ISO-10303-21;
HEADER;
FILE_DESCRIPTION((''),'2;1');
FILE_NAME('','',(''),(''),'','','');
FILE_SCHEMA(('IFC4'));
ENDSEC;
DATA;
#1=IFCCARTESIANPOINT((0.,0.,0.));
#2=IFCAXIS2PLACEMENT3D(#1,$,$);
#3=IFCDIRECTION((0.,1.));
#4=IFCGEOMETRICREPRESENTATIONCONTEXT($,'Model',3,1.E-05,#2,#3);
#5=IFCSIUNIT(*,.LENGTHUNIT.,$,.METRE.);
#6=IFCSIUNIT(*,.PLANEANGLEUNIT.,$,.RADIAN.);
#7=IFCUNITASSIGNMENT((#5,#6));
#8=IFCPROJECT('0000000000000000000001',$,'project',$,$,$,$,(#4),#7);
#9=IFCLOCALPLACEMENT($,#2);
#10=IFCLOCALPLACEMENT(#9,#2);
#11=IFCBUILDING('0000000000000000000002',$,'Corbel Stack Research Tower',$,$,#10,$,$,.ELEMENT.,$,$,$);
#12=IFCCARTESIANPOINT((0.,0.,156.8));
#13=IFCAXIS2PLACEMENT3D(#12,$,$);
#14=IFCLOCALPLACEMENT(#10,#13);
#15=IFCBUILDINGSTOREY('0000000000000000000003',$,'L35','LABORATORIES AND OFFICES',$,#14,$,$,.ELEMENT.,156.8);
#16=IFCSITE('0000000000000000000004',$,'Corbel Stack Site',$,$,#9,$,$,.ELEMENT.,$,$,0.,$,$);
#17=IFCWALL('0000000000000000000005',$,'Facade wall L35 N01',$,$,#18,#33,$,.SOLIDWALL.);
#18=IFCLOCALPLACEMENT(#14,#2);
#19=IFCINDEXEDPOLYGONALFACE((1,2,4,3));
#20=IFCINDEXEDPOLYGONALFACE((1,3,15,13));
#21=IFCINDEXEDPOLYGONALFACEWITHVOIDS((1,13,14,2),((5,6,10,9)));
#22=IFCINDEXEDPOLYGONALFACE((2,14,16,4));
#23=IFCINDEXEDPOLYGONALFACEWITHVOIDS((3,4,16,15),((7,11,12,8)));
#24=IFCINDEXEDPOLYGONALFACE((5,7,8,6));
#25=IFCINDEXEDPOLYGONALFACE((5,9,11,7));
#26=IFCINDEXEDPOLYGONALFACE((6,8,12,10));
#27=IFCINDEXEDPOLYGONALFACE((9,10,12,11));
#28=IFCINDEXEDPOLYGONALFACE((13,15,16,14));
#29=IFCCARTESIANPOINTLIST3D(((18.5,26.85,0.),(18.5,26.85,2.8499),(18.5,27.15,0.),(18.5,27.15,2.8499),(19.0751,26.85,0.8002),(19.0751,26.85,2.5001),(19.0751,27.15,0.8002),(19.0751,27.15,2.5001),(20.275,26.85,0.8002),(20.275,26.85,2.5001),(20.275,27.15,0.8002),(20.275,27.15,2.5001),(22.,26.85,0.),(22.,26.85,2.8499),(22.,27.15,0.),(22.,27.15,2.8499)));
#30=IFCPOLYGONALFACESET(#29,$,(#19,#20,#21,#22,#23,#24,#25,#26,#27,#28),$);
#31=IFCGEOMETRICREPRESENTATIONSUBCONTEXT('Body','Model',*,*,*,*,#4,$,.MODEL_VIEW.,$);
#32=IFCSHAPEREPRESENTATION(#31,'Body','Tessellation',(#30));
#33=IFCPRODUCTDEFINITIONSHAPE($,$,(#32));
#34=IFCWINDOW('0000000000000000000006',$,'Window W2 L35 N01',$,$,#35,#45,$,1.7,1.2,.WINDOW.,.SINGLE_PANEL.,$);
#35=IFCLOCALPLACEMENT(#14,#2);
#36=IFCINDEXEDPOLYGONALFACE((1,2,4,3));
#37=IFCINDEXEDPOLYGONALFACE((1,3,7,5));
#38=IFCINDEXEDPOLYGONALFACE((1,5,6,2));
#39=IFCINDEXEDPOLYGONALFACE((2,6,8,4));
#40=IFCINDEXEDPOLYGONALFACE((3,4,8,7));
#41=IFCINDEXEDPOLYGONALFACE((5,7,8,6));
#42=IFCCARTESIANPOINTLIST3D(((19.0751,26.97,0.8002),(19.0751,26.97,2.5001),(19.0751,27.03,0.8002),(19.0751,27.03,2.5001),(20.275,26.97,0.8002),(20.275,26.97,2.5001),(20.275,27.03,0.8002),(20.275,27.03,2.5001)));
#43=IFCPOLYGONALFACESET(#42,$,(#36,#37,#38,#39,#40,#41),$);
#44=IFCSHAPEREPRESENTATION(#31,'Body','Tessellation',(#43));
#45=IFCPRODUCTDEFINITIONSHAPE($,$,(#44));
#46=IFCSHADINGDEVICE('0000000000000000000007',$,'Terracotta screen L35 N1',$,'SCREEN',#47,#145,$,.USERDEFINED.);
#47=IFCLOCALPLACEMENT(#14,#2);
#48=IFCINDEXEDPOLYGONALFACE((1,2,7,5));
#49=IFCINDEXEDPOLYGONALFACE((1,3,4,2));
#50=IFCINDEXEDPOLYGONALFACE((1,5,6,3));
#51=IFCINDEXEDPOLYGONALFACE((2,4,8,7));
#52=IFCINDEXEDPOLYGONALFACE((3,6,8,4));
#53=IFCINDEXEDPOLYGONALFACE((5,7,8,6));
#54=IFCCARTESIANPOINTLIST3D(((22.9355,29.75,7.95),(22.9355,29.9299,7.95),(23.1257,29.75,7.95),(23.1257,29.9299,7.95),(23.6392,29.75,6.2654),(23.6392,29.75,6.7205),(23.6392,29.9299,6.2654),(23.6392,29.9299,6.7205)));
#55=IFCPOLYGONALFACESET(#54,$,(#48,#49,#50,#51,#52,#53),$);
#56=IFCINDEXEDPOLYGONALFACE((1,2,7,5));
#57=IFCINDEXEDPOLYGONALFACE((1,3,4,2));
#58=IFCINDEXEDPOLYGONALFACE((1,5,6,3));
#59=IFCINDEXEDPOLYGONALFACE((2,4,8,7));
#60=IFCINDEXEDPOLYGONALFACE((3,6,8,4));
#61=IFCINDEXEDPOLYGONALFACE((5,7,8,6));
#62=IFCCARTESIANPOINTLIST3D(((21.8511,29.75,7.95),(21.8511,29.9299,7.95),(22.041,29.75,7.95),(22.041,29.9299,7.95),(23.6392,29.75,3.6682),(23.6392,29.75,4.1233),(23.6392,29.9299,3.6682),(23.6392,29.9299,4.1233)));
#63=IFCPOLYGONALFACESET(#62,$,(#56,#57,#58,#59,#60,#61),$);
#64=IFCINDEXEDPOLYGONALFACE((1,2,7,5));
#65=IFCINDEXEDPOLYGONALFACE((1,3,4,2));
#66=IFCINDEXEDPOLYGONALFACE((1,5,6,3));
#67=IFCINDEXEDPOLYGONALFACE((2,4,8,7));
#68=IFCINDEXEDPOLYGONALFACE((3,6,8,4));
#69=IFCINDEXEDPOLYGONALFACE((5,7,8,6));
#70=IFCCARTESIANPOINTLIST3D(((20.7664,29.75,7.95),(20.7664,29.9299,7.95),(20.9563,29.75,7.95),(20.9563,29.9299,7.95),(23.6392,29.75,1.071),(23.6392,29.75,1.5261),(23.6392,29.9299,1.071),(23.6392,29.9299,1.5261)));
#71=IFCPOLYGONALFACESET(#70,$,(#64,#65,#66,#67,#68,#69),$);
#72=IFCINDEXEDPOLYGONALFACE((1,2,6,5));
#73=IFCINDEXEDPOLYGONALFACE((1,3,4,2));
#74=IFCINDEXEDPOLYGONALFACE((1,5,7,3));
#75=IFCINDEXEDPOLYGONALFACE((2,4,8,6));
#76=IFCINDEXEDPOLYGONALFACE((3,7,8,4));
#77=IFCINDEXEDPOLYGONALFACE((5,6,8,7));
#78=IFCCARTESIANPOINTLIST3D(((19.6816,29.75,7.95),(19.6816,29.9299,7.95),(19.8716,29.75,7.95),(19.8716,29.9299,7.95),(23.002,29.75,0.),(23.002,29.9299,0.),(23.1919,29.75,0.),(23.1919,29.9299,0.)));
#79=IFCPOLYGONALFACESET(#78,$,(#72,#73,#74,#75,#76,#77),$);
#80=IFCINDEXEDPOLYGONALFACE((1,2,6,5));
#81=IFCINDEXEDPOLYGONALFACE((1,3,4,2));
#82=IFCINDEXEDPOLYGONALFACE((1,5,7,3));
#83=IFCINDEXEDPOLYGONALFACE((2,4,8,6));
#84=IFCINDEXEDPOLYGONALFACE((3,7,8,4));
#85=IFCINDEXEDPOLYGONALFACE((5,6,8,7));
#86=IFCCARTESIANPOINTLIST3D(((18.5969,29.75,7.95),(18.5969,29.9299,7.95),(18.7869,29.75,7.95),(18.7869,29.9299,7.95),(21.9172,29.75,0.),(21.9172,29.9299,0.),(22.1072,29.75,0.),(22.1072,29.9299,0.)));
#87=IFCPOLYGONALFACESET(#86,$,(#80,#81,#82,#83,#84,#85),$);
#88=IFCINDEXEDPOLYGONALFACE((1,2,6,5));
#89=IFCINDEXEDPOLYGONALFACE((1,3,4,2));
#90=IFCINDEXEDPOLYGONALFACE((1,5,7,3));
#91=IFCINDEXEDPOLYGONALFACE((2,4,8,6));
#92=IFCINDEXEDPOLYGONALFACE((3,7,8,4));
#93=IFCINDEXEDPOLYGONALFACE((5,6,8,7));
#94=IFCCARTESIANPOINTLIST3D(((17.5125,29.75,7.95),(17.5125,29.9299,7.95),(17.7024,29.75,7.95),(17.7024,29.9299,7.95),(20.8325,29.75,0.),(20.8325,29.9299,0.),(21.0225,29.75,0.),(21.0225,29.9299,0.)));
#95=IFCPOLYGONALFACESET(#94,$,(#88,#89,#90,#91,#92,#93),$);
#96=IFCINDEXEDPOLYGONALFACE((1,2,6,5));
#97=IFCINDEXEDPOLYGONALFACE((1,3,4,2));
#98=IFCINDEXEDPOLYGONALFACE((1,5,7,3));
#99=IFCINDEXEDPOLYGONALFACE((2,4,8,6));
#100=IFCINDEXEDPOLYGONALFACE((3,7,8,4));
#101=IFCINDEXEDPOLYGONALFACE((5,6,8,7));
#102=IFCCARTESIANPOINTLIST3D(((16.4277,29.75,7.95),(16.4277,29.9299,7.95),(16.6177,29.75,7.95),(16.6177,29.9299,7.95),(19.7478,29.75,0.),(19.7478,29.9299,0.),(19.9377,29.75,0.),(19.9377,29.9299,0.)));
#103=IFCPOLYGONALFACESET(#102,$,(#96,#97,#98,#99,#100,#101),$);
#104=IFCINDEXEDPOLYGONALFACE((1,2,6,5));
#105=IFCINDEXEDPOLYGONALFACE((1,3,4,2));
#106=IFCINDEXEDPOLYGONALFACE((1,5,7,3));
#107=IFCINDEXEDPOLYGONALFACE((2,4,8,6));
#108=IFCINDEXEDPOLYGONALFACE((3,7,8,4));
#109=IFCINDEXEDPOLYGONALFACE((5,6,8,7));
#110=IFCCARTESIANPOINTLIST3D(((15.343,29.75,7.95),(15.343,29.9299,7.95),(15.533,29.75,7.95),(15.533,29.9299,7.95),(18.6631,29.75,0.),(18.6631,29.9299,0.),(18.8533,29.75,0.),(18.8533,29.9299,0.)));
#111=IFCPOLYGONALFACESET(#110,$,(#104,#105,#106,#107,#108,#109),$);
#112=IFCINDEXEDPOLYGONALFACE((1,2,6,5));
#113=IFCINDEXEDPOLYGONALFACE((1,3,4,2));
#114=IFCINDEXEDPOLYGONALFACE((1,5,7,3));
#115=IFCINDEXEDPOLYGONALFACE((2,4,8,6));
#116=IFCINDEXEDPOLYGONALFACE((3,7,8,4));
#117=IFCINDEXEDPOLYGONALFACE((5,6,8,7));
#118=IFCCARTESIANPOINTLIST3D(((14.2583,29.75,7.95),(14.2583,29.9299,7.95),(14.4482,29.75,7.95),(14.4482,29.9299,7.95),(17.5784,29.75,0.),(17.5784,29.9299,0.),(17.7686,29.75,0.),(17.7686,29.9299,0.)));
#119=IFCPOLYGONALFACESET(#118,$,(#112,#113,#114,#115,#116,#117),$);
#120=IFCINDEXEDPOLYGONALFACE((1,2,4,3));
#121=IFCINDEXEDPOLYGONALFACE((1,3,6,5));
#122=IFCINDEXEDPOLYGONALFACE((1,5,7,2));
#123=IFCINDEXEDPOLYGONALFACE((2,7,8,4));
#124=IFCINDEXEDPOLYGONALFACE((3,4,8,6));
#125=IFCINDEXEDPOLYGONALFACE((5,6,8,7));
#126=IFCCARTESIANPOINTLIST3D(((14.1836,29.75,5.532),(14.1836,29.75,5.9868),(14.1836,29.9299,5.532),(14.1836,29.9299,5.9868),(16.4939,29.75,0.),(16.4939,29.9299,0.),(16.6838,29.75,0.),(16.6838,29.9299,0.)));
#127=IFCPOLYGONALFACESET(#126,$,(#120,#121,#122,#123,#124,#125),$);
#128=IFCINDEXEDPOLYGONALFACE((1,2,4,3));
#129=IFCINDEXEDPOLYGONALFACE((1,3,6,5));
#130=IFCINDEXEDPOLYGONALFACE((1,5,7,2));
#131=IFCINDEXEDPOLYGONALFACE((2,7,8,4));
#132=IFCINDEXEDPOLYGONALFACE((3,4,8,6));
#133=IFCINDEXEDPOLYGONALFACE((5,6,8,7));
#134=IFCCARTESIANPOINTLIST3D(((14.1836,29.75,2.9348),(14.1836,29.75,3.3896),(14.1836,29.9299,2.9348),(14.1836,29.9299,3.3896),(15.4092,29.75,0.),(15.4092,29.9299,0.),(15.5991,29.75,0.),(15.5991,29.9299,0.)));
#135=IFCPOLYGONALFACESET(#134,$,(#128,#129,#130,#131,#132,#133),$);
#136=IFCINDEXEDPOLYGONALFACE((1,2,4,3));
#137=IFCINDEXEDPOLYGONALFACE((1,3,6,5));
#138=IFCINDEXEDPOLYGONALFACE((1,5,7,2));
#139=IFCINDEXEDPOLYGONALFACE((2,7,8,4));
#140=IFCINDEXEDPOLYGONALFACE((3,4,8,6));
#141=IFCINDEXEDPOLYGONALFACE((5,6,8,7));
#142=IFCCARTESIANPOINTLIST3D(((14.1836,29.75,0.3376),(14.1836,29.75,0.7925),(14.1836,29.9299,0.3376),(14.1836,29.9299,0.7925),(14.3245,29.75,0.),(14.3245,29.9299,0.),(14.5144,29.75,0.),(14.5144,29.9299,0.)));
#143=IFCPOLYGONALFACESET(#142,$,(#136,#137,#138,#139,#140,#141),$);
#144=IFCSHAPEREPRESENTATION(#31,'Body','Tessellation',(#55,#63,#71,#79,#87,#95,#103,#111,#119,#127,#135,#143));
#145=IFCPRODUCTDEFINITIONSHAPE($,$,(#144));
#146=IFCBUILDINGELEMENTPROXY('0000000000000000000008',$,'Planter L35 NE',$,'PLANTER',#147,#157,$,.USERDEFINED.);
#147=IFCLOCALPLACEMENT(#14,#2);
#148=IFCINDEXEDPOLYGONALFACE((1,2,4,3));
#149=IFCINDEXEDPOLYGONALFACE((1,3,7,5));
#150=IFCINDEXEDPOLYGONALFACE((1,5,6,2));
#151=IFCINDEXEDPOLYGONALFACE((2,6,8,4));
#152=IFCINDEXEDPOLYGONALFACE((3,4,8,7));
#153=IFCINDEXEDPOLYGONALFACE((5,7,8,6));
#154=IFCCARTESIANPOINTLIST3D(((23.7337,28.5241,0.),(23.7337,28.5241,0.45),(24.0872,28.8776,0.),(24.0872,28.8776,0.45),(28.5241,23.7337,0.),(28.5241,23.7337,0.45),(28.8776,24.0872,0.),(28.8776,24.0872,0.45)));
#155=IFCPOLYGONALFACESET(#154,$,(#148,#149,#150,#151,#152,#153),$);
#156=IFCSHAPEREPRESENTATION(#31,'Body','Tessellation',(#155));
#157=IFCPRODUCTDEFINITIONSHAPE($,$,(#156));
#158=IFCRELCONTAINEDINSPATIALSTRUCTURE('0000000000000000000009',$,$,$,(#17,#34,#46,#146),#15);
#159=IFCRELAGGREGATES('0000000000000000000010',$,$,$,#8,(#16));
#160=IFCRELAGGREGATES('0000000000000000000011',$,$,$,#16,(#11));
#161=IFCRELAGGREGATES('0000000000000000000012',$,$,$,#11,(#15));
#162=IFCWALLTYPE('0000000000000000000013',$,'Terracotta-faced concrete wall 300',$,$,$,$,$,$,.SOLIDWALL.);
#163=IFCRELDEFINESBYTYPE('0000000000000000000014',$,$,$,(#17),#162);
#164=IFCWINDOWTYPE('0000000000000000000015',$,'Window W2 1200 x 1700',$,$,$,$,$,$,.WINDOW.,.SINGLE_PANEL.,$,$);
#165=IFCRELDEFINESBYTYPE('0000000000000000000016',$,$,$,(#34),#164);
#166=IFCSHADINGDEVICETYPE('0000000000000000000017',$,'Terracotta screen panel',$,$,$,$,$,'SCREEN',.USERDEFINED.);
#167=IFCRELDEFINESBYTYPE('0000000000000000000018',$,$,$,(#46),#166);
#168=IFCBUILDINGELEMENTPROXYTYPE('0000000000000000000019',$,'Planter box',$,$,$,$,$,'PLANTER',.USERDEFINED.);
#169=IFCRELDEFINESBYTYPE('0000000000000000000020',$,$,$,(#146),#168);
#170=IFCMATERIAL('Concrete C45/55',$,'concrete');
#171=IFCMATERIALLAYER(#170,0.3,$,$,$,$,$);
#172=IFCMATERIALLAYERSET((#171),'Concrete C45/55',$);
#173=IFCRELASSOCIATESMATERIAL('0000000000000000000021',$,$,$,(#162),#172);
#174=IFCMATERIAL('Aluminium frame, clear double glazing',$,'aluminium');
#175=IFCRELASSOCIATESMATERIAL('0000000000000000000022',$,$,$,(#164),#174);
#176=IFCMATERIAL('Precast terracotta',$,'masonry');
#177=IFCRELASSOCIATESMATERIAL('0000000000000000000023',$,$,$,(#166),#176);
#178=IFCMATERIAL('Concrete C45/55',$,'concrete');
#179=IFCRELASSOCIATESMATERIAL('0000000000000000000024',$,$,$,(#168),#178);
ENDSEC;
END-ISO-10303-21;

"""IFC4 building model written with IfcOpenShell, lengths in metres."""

from ifc_helpers import new_model, si_unit, direction, frame, frame_2d, origin, origin_2d, place, context, subcontext, project, spatial, polyline, rectangle, outline, extrude, source, transform, mapped, material, layer, layer_set, type_object, element, fill, save


model = new_model("IFC4")

# Units and contexts
model_context = context("Model", 3, precision=1e-05, world=origin(), true_north=direction((0.0, 1.0)))
body_context = subcontext(model_context, "Body", "Model", "MODEL_VIEW")
ifc_project = project(units=[si_unit("LENGTHUNIT", "METRE"), si_unit("PLANEANGLEUNIT", "RADIAN")], contexts=[model_context])

# Site, building, storey
site_placement = place(None, origin())
site = spatial("IfcSite", under=ifc_project, at=site_placement, Name="Corbel Stack Site", CompositionType="ELEMENT", RefElevation=0.0)
building_placement = place(site_placement, origin())
building = spatial("IfcBuilding", under=site, at=building_placement, Name="Corbel Stack Research Tower", CompositionType="ELEMENT")
storey_placement = place(building_placement, frame((0.0, 0.0, 156.8)))
storey = spatial("IfcBuildingStorey", under=building, at=storey_placement, Name="L35", Description="LABORATORIES AND OFFICES", CompositionType="ELEMENT", Elevation=156.8)

# Shared definitions
ifc_material_1 = material(Name="Concrete C45/55", Category="concrete")
ifc_layer_1 = layer(ifc_material_1, 0.3)
ifc_layer_set_1 = layer_set([ifc_layer_1], Name="Concrete C45/55")
wall_type_1 = type_object("IfcWallType", Name="Terracotta-faced concrete wall 300", PredefinedType="SOLIDWALL", material=ifc_layer_set_1)

# Wall, opening, window
wall_1_placement = place(storey_placement, frame((18.5, 27.0, 0.0), z_axis=(0.0, 0.0, 1.0), x_axis=(1.0, 0.0, 0.0)))
wall_1 = element("IfcWall", 1, at=wall_1_placement, inside=storey, type_object=wall_type_1, Name="Facade wall L35 N01", PredefinedType="SOLIDWALL", context=body_context, shape_type="SweptSolid", body=[
    extrude(rectangle(XDim=3.5, YDim=0.3, at=frame_2d((1.75, 0.0))), origin(), (0.0, 0.0, 1.0), 2.8499),
])
opening_1_placement = place(wall_1_placement, frame((0.575, 0.0, 0.8)))
opening_1 = element("IfcOpeningElement", 2, at=opening_1_placement, cuts=wall_1, PredefinedType="OPENING", context=body_context, shape_type="SweptSolid", body=[
    extrude(rectangle(XDim=1.2, YDim=1.7, at=frame_2d((0.6001, 0.8501))), frame((0.0, 0.1599, 0.0), z_axis=(0.0, -1.0, 0.0), x_axis=(1.0, 0.0, 0.0)), (0.0, 0.0, 1.0), 0.3201),
])
ifc_material_2 = material(Name="Aluminium frame, clear double glazing", Category="aluminium")
window_type_1 = type_object("IfcWindowType", Name="Window W2 1200 x 1700", PartitioningType="SINGLE_PANEL", PredefinedType="WINDOW", material=ifc_material_2)
window_1_placement = place(opening_1_placement, origin())
window_1 = element("IfcWindow", 3, at=window_1_placement, inside=storey, type_object=window_type_1, Name="Window W2 L35 N01", OverallHeight=1.7, OverallWidth=1.2, PartitioningType="SINGLE_PANEL", PredefinedType="WINDOW", context=body_context, shape_type="SweptSolid", body=[
    extrude(rectangle(XDim=1.2, YDim=1.7, at=frame_2d((0.6001, 0.8501))), frame((0.0, 0.03, 0.0), z_axis=(0.0, -1.0, 0.0), x_axis=(1.0, 0.0, 0.0)), (0.0, 0.0, 1.0), 0.0601),
])
fill(opening_1, window_1)

# Shading device
ifc_material_3 = material(Name="Precast terracotta", Category="masonry")
shading_device_type = type_object("IfcShadingDeviceType", Name="Terracotta screen panel", ElementType="SCREEN", PredefinedType="USERDEFINED", material=ifc_material_3)
shared_shape_1 = source(origin(), body_context, "Body", "SweptSolid", [
    extrude(outline(polyline([(0.7036, 7.95), (0.5134, 7.95), (0.0, 6.7205), (0.0, 6.2654), (0.7036, 7.95)])), frame((0.0, 0.0, 0.0), z_axis=(0.0, -1.0, 0.0), x_axis=(1.0, 0.0, 0.0)), (0.0, 0.0, 1.0), 0.1799),
    extrude(outline(polyline([(1.7881, 7.95), (1.5981, 7.95), (0.0, 4.1233), (0.0, 3.6682), (1.7881, 7.95)])), frame((0.0, 0.0, 0.0), z_axis=(0.0, -1.0, 0.0), x_axis=(1.0, 0.0, 0.0)), (0.0, 0.0, 1.0), 0.1799),
    extrude(outline(polyline([(2.8728, 7.95), (2.6829, 7.95), (0.0, 1.5261), (0.0, 1.071), (2.8728, 7.95)])), frame((0.0, 0.0, 0.0), z_axis=(0.0, -1.0, 0.0), x_axis=(1.0, 0.0, 0.0)), (0.0, 0.0, 1.0), 0.1799),
    extrude(outline(polyline([(0.6372, 0.0), (3.9575, 7.95), (3.7676, 7.95), (0.4473, 0.0), (0.6372, 0.0)])), frame((0.0, 0.0, 0.0), z_axis=(0.0, -1.0, 0.0), x_axis=(1.0, 0.0, 0.0)), (0.0, 0.0, 1.0), 0.1799),
    extrude(outline(polyline([(1.7219, 0.0), (5.0422, 7.95), (4.8523, 7.95), (1.532, 0.0), (1.7219, 0.0)])), frame((0.0, 0.0, 0.0), z_axis=(0.0, -1.0, 0.0), x_axis=(1.0, 0.0, 0.0)), (0.0, 0.0, 1.0), 0.1799),
    extrude(outline(polyline([(2.8066, 0.0), (6.1267, 7.95), (5.9368, 7.95), (2.6167, 0.0), (2.8066, 0.0)])), frame((0.0, 0.0, 0.0), z_axis=(0.0, -1.0, 0.0), x_axis=(1.0, 0.0, 0.0)), (0.0, 0.0, 1.0), 0.1799),
    extrude(outline(polyline([(3.8914, 0.0), (7.2114, 7.95), (7.0215, 7.95), (3.7014, 0.0), (3.8914, 0.0)])), frame((0.0, 0.0, 0.0), z_axis=(0.0, -1.0, 0.0), x_axis=(1.0, 0.0, 0.0)), (0.0, 0.0, 1.0), 0.1799),
    extrude(outline(polyline([(4.9761, 0.0), (8.2961, 7.95), (8.1062, 7.95), (4.7859, 0.0), (4.9761, 0.0)])), frame((0.0, 0.0, 0.0), z_axis=(0.0, -1.0, 0.0), x_axis=(1.0, 0.0, 0.0)), (0.0, 0.0, 1.0), 0.1799),
    extrude(outline(polyline([(6.0608, 0.0), (9.3809, 7.95), (9.1909, 7.95), (5.8706, 0.0), (6.0608, 0.0)])), frame((0.0, 0.0, 0.0), z_axis=(0.0, -1.0, 0.0), x_axis=(1.0, 0.0, 0.0)), (0.0, 0.0, 1.0), 0.1799),
    extrude(outline(polyline([(7.1453, 0.0), (9.4556, 5.532), (9.4556, 5.9868), (6.9553, 0.0), (7.1453, 0.0)])), frame((0.0, 0.0, 0.0), z_axis=(0.0, -1.0, 0.0), x_axis=(1.0, 0.0, 0.0)), (0.0, 0.0, 1.0), 0.1799),
    extrude(outline(polyline([(8.23, 0.0), (9.4556, 2.9348), (9.4556, 3.3896), (8.04, 0.0), (8.23, 0.0)])), frame((0.0, 0.0, 0.0), z_axis=(0.0, -1.0, 0.0), x_axis=(1.0, 0.0, 0.0)), (0.0, 0.0, 1.0), 0.1799),
    extrude(outline(polyline([(9.3147, 0.0), (9.4556, 0.3376), (9.4556, 0.7925), (9.1248, 0.0), (9.3147, 0.0)])), frame((0.0, 0.0, 0.0), z_axis=(0.0, -1.0, 0.0), x_axis=(1.0, 0.0, 0.0)), (0.0, 0.0, 1.0), 0.1799),
])
shading_device_1_placement = place(storey_placement, frame((23.6392, 29.75, 0.0), z_axis=(0.0, 0.0, 1.0), x_axis=(-1.0, 0.0, 0.0)))
element("IfcShadingDevice", 4, at=shading_device_1_placement, inside=storey, type_object=shading_device_type, Name="Terracotta screen L35 N1", ObjectType="SCREEN", PredefinedType="USERDEFINED", context=body_context, shape_type="MappedRepresentation", body=[
    mapped(shared_shape_1, transform((0.0, 0.0, 0.0))),
])

# Building element proxy
ifc_material_4 = material(Name="Concrete C45/55", Category="concrete")
building_element_proxy_type = type_object("IfcBuildingElementProxyType", Name="Planter box", ElementType="PLANTER", PredefinedType="USERDEFINED", material=ifc_material_4)
proxy_placement = place(storey_placement, frame((26.3057, 26.3057, 0.0), z_axis=(0.0, 0.0, 1.0), x_axis=(-0.707107, 0.707107, 0.0)))
element("IfcBuildingElementProxy", 5, at=proxy_placement, inside=storey, type_object=building_element_proxy_type, Name="Planter L35 NE", ObjectType="PLANTER", PredefinedType="USERDEFINED", context=body_context, shape_type="SweptSolid", body=[
    extrude(rectangle(XDim=6.7747, YDim=0.5, at=origin_2d()), origin(), (0.0, 0.0, 1.0), 0.45),
])

save(model, "model.ifc")
